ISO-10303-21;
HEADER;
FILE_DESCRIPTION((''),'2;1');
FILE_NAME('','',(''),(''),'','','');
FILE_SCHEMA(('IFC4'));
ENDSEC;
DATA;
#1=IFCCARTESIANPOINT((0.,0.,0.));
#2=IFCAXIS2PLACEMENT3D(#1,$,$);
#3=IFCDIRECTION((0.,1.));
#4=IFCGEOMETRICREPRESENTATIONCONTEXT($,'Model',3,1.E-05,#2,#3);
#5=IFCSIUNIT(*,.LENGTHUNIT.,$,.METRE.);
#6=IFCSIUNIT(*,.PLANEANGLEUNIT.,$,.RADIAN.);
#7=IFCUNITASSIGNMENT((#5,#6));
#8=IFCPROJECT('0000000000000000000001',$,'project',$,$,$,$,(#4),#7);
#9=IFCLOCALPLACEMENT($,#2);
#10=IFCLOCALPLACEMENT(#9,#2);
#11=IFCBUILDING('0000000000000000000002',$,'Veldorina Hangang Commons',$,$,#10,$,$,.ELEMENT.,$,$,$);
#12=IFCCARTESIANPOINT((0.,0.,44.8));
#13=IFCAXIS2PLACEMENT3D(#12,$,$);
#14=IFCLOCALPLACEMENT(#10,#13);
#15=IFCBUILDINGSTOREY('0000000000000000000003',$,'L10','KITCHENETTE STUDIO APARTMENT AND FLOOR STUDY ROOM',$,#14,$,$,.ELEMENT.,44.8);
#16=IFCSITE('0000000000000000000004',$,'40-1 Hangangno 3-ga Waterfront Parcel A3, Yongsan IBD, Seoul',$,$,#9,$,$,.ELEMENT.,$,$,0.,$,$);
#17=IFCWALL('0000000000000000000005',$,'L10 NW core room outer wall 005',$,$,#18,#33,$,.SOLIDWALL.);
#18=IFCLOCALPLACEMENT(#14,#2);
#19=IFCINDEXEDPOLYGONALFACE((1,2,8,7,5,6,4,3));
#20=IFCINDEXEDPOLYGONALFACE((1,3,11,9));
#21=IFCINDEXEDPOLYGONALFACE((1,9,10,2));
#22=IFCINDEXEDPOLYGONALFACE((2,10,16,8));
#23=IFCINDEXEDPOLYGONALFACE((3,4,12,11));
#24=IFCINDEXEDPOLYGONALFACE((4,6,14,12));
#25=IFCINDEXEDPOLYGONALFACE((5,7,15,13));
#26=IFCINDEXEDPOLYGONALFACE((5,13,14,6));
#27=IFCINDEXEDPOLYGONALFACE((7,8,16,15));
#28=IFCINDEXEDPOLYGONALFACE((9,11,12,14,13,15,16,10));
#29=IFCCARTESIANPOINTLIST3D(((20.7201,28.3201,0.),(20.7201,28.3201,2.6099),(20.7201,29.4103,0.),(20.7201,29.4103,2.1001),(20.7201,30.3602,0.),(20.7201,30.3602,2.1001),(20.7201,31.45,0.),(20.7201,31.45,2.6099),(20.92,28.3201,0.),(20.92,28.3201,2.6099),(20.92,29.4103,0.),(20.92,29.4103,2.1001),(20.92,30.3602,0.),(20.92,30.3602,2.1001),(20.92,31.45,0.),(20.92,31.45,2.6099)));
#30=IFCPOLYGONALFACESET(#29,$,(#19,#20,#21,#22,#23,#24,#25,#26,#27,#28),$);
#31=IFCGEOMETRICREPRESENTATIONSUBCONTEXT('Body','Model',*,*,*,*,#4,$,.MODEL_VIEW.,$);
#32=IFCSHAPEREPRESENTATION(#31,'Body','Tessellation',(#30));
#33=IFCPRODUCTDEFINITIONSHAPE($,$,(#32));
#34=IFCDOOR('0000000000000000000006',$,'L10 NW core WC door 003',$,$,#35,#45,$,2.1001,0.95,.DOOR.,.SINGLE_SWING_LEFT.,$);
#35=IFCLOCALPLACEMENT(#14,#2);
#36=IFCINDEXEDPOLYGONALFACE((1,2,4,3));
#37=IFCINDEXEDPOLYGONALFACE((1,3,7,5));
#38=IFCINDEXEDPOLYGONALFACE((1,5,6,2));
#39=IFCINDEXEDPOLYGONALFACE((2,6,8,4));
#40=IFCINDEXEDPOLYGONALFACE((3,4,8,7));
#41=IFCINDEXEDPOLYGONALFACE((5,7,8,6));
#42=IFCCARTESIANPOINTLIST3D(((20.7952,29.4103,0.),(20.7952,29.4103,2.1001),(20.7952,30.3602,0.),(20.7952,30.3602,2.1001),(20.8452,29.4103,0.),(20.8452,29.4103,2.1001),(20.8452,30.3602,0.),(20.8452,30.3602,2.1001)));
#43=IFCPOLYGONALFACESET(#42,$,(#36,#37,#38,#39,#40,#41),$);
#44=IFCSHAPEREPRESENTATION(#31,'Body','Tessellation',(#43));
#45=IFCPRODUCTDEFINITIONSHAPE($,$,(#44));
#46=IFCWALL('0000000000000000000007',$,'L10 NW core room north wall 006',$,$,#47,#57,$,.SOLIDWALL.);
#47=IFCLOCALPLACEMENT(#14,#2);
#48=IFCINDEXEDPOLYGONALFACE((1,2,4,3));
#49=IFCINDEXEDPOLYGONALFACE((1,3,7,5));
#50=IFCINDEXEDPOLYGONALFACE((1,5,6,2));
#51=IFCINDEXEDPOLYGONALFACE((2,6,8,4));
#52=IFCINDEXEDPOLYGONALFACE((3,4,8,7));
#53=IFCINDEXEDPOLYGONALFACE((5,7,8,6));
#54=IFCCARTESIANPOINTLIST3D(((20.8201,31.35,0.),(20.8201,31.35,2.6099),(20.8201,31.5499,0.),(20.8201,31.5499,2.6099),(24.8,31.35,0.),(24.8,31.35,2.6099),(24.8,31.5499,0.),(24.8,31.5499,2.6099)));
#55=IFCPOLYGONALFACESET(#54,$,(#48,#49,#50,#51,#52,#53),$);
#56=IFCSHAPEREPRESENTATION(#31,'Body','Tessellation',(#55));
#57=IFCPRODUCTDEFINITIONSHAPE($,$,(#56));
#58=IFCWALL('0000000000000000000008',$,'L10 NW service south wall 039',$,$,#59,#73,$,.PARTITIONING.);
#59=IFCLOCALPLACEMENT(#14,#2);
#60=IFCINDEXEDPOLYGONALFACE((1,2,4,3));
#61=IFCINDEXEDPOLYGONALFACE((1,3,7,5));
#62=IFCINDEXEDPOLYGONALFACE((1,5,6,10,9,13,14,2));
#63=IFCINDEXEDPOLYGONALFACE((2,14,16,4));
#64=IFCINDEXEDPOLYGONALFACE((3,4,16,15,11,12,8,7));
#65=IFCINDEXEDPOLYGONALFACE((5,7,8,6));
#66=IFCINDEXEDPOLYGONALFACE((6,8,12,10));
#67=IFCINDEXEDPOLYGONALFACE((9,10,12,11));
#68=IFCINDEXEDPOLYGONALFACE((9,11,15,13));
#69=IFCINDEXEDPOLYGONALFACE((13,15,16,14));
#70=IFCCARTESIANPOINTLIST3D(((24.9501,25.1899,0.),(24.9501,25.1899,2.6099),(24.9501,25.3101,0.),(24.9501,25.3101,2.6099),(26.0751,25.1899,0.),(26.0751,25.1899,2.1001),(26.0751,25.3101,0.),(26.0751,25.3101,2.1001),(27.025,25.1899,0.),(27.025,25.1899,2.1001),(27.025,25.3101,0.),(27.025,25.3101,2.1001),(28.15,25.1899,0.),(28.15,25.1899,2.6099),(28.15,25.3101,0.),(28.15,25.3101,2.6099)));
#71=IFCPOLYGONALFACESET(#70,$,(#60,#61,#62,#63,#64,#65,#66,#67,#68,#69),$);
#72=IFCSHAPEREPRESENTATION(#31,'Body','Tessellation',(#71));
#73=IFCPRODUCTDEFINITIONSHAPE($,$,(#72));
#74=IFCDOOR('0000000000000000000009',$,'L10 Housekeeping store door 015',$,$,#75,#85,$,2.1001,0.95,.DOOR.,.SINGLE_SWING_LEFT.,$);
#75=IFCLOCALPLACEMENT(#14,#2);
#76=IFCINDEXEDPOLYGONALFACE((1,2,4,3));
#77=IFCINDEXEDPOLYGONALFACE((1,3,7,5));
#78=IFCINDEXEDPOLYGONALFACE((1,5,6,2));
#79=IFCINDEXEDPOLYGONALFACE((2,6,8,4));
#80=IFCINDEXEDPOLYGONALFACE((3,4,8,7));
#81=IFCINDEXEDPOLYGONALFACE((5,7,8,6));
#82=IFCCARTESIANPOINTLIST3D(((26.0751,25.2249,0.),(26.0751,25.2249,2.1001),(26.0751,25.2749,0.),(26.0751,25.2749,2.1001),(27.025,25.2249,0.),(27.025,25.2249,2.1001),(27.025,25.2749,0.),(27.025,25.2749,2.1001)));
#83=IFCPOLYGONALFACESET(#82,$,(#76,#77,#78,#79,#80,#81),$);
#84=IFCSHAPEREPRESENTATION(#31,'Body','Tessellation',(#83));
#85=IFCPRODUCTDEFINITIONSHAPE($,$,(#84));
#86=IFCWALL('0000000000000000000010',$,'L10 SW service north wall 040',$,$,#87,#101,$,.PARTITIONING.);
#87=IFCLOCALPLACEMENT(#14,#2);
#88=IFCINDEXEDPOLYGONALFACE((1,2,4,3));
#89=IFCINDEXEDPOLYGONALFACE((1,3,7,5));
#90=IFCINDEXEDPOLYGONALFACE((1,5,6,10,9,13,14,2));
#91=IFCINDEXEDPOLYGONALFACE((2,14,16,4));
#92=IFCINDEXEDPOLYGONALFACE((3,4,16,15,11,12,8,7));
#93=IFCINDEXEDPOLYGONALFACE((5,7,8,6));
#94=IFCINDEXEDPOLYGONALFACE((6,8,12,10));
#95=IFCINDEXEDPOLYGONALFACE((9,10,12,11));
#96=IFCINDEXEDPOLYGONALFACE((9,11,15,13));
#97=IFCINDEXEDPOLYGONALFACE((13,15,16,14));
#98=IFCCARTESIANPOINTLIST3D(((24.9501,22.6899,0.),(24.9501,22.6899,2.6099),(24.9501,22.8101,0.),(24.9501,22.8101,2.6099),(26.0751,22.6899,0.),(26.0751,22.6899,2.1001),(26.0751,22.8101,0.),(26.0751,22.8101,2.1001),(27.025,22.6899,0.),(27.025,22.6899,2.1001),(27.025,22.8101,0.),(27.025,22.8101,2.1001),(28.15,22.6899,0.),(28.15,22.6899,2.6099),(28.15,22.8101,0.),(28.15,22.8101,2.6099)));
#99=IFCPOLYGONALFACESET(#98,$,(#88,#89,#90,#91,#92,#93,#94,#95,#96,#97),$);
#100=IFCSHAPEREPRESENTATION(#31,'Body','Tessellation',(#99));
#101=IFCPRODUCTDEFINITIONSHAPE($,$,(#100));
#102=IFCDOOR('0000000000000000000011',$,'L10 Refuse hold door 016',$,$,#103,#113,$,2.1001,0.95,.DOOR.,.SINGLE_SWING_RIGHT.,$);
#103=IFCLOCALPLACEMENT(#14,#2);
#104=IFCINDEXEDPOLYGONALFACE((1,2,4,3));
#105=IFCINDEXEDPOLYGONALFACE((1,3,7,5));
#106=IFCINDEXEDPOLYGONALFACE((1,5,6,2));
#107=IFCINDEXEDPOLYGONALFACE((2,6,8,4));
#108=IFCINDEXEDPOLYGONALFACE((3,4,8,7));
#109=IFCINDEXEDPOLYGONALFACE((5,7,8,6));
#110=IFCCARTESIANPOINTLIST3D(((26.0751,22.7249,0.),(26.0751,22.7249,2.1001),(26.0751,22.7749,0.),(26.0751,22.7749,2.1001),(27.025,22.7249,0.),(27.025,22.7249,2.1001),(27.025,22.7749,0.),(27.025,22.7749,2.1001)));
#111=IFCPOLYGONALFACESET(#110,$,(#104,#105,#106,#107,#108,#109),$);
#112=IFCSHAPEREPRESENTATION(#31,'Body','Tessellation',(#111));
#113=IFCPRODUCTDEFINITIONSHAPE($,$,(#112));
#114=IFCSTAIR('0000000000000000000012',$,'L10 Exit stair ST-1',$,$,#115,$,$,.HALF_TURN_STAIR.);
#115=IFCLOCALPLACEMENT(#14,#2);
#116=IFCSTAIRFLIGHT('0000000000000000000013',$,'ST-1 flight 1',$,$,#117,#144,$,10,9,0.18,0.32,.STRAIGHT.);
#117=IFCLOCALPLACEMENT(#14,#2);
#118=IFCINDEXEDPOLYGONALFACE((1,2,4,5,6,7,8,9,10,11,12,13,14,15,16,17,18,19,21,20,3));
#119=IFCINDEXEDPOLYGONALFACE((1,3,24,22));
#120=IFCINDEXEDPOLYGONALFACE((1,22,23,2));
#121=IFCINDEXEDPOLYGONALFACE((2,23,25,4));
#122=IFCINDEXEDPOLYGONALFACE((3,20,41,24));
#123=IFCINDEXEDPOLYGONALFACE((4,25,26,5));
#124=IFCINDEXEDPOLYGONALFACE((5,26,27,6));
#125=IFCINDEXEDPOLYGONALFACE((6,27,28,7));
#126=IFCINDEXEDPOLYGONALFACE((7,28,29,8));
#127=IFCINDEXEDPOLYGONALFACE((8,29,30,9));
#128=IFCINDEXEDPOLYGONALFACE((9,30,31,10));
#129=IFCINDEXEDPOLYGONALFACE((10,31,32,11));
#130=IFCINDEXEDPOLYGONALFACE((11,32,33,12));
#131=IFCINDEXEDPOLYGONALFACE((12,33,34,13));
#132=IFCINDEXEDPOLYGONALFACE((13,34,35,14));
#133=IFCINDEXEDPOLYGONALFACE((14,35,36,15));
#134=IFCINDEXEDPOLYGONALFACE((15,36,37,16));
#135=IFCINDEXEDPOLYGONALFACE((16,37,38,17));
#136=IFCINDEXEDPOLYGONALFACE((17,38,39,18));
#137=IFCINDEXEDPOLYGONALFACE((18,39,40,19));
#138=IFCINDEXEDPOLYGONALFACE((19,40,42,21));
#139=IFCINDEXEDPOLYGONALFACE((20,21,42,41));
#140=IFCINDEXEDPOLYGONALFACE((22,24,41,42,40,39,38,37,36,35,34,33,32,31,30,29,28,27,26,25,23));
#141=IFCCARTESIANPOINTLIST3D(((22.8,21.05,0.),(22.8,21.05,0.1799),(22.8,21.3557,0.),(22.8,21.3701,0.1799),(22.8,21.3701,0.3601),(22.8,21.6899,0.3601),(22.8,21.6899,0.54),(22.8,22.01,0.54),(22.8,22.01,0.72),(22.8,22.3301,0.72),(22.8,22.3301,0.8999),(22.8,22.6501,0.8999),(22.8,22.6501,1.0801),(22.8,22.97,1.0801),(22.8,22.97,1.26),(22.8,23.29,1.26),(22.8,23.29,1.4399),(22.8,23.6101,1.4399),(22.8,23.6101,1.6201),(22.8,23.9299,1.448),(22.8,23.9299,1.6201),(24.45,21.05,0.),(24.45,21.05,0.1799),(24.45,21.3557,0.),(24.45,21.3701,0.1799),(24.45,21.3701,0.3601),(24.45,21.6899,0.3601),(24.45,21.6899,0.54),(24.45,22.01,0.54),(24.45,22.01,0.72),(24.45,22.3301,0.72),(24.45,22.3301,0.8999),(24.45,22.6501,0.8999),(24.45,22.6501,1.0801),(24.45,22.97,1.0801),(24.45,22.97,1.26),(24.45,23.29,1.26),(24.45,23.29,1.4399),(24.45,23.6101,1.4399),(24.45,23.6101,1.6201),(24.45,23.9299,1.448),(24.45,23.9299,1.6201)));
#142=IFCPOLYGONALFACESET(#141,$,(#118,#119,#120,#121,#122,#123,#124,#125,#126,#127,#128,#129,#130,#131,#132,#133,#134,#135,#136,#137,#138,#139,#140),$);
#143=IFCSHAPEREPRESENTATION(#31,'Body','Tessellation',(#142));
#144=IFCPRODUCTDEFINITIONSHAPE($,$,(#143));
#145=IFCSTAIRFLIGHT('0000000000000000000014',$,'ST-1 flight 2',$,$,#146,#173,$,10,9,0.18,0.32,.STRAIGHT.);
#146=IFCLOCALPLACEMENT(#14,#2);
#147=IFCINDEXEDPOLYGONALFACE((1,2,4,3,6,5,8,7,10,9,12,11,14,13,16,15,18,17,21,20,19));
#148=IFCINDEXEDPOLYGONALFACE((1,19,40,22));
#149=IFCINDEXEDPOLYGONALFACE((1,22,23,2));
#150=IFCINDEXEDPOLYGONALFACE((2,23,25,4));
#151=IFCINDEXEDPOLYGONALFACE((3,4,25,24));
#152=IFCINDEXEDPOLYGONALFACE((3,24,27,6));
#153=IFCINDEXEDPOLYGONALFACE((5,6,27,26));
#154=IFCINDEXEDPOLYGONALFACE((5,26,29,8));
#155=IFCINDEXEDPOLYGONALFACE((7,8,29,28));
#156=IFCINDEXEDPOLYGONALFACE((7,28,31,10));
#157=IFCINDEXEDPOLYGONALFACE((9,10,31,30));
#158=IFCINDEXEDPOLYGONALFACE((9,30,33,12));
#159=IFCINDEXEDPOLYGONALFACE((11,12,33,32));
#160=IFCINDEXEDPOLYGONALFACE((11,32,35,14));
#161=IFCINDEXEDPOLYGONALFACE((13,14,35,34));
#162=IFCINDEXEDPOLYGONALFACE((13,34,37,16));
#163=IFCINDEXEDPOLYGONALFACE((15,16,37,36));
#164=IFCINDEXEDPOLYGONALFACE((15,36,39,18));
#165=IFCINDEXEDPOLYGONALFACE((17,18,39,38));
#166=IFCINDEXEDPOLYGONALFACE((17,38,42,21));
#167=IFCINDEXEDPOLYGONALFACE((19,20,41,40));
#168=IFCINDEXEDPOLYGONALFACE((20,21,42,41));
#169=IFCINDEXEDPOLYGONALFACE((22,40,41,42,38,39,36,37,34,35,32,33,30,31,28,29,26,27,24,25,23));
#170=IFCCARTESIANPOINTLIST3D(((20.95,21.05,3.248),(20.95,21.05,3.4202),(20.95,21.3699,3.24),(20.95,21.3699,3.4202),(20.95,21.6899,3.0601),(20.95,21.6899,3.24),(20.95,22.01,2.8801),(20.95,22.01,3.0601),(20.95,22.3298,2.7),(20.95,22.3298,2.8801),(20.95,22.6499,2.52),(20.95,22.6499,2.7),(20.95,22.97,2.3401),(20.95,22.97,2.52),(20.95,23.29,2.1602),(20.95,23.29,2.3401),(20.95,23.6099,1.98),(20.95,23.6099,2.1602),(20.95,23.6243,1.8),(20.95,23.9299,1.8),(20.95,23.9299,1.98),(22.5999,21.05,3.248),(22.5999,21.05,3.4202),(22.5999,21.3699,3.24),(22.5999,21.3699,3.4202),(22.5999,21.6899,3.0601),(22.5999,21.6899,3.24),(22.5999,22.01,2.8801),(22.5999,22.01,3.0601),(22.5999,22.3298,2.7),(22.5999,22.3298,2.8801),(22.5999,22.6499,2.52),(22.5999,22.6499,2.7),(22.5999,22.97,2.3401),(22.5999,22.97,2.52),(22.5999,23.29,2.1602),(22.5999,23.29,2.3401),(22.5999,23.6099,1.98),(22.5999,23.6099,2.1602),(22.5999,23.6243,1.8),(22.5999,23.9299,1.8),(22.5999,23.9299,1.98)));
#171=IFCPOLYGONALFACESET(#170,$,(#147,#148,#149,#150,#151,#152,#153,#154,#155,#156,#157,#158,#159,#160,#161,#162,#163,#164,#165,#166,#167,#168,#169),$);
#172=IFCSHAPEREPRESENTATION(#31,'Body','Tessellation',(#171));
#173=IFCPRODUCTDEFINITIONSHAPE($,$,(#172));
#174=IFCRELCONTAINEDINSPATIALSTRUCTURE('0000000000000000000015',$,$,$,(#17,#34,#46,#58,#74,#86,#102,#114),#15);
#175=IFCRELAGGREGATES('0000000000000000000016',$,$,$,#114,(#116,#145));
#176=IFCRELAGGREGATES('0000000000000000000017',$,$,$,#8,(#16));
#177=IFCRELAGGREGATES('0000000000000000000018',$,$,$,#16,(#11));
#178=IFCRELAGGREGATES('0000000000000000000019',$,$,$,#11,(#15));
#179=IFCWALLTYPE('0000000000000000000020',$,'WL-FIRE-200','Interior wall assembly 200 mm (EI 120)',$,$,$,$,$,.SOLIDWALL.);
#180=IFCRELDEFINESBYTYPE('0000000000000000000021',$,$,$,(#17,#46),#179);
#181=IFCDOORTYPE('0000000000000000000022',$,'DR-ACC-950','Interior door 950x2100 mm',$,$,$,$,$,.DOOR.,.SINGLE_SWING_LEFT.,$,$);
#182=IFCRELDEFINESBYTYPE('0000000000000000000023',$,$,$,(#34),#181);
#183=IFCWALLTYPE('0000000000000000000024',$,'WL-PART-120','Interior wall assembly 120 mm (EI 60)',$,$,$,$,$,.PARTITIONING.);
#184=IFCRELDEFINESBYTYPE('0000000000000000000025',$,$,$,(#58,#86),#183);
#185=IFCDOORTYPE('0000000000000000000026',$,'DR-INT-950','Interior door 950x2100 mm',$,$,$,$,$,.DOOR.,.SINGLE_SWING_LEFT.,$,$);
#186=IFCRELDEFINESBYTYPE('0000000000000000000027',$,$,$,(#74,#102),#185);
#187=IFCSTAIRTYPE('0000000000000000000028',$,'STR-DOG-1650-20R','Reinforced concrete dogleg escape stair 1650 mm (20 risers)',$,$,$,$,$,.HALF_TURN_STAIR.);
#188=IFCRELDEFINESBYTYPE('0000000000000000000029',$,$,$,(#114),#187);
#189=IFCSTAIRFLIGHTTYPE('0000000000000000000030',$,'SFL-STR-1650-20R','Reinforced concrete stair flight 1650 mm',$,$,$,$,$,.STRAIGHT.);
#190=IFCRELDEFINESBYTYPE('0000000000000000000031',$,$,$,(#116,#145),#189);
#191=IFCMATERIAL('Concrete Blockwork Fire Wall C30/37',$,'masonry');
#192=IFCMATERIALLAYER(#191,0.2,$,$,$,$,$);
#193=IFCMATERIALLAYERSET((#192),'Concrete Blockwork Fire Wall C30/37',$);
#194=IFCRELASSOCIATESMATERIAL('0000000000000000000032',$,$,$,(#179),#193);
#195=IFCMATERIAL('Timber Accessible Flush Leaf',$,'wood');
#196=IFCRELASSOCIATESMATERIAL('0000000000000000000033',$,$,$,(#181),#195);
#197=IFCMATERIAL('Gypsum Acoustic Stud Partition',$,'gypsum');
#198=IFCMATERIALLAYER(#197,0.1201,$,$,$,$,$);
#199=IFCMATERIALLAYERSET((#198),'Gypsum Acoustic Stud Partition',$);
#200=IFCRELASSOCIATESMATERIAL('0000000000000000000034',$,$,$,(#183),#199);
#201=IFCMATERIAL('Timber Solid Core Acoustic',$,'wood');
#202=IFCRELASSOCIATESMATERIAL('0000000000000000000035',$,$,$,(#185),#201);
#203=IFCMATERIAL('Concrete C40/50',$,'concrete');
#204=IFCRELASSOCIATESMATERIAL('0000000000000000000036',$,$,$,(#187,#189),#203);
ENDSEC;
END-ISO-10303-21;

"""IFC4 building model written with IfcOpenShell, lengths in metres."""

from ifc_helpers import new_model, si_unit, direction, frame, frame_2d, origin, place, context, subcontext, project, spatial, polyline, rectangle, outline, extrude, material, layer, layer_set, type_object, element, fill, aggregate, save


model = new_model("IFC4")

# Units and contexts
model_context = context("Model", 3, precision=1e-05, world=origin(), true_north=direction((0.0, 1.0)))
body_context = subcontext(model_context, "Body", "Model", "MODEL_VIEW")
ifc_project = project(units=[si_unit("LENGTHUNIT", "METRE"), si_unit("PLANEANGLEUNIT", "RADIAN")], contexts=[model_context])

# Site, building, storey
site_placement = place(None, origin())
site = spatial("IfcSite", under=ifc_project, at=site_placement, Name="40-1 Hangangno 3-ga Waterfront Parcel A3, Yongsan IBD, Seoul", CompositionType="ELEMENT", RefElevation=0.0)
building_placement = place(site_placement, origin())
building = spatial("IfcBuilding", under=site, at=building_placement, Name="Veldorina Hangang Commons", CompositionType="ELEMENT")
storey_placement = place(building_placement, frame((0.0, 0.0, 44.8)))
storey = spatial("IfcBuildingStorey", under=building, at=storey_placement, Name="L10", Description="KITCHENETTE STUDIO APARTMENT AND FLOOR STUDY ROOM", CompositionType="ELEMENT", Elevation=44.8)

# Wall, opening, door
ifc_material_1 = material(Name="Concrete Blockwork Fire Wall C30/37", Category="masonry")
ifc_layer_1 = layer(ifc_material_1, 0.2)
ifc_layer_set_1 = layer_set([ifc_layer_1], Name="Concrete Blockwork Fire Wall C30/37")
wall_type_1 = type_object("IfcWallType", Name="WL-FIRE-200", Description="Interior wall assembly 200 mm (EI 120)", PredefinedType="SOLIDWALL", material=ifc_layer_set_1)
wall_1_placement = place(storey_placement, frame((20.8201, 28.3201, 0.0), z_axis=(0.0, 0.0, 1.0), x_axis=(0.0, 1.0, 0.0)))
wall_1 = element("IfcWall", 1, at=wall_1_placement, inside=storey, type_object=wall_type_1, Name="L10 NW core room outer wall 005", PredefinedType="SOLIDWALL", context=body_context, shape_type="SweptSolid", body=[
    extrude(rectangle(XDim=3.1299, YDim=0.2, at=frame_2d((1.5649, 0.0))), origin(), (0.0, 0.0, 1.0), 2.6099),
])
opening_1_placement = place(wall_1_placement, frame((1.0901, 0.0, 0.0)))
opening_1 = element("IfcOpeningElement", 2, at=opening_1_placement, cuts=wall_1, PredefinedType="OPENING", context=body_context, shape_type="SweptSolid", body=[
    extrude(rectangle(XDim=0.95, YDim=2.1001, at=frame_2d((0.4751, 1.05))), frame((0.0, 0.1099, 0.0), z_axis=(0.0, -1.0, 0.0), x_axis=(1.0, 0.0, 0.0)), (0.0, 0.0, 1.0), 0.22),
])
ifc_material_2 = material(Name="Timber Accessible Flush Leaf", Category="wood")
door_type_1 = type_object("IfcDoorType", Name="DR-ACC-950", Description="Interior door 950x2100 mm", OperationType="SINGLE_SWING_LEFT", PredefinedType="DOOR", material=ifc_material_2)
door_1_placement = place(opening_1_placement, origin())
door_1 = element("IfcDoor", 3, at=door_1_placement, inside=storey, type_object=door_type_1, Name="L10 NW core WC door 003", OperationType="SINGLE_SWING_LEFT", OverallHeight=2.1001, OverallWidth=0.95, PredefinedType="DOOR", context=body_context, shape_type="SweptSolid", body=[
    extrude(rectangle(XDim=0.95, YDim=2.1001, at=frame_2d((0.4751, 1.05))), frame((0.0, 0.0249, 0.0), z_axis=(0.0, -1.0, 0.0), x_axis=(1.0, 0.0, 0.0)), (0.0, 0.0, 1.0), 0.05),
])
fill(opening_1, door_1)

# Wall
wall_2_placement = place(storey_placement, frame((20.8201, 31.45, 0.0), z_axis=(0.0, 0.0, 1.0), x_axis=(1.0, 0.0, 0.0)))
element("IfcWall", 4, at=wall_2_placement, inside=storey, type_object=wall_type_1, Name="L10 NW core room north wall 006", PredefinedType="SOLIDWALL", context=body_context, shape_type="SweptSolid", body=[
    extrude(rectangle(XDim=3.98, YDim=0.2, at=frame_2d((1.99, 0.0))), origin(), (0.0, 0.0, 1.0), 2.6099),
])

# Walls, openings, doors
ifc_material_3 = material(Name="Gypsum Acoustic Stud Partition", Category="gypsum")
ifc_layer_2 = layer(ifc_material_3, 0.1201)
ifc_layer_set_2 = layer_set([ifc_layer_2], Name="Gypsum Acoustic Stud Partition")
wall_type_2 = type_object("IfcWallType", Name="WL-PART-120", Description="Interior wall assembly 120 mm (EI 60)", PredefinedType="PARTITIONING", material=ifc_layer_set_2)
wall_3_placement = place(storey_placement, frame((24.95, 25.25, 0.0), z_axis=(0.0, 0.0, 1.0), x_axis=(1.0, 0.0, 0.0)))
wall_3 = element("IfcWall", 5, at=wall_3_placement, inside=storey, type_object=wall_type_2, Name="L10 NW service south wall 039", PredefinedType="PARTITIONING", context=body_context, shape_type="SweptSolid", body=[
    extrude(rectangle(XDim=3.2, YDim=0.1201, at=frame_2d((1.6001, 0.0))), origin(), (0.0, 0.0, 1.0), 2.6099),
])
opening_2_placement = place(wall_3_placement, frame((1.125, 0.0, 0.0)))
opening_2 = element("IfcOpeningElement", 6, at=opening_2_placement, cuts=wall_3, PredefinedType="OPENING", context=body_context, shape_type="SweptSolid", body=[
    extrude(rectangle(XDim=0.95, YDim=2.1001, at=frame_2d((0.4751, 1.05))), frame((0.0, 0.0701, 0.0), z_axis=(0.0, -1.0, 0.0), x_axis=(1.0, 0.0, 0.0)), (0.0, 0.0, 1.0), 0.1401),
])
ifc_material_4 = material(Name="Timber Solid Core Acoustic", Category="wood")
door_type_2 = type_object("IfcDoorType", Name="DR-INT-950", Description="Interior door 950x2100 mm", OperationType="SINGLE_SWING_LEFT", PredefinedType="DOOR", material=ifc_material_4)
door_2_placement = place(opening_2_placement, origin())
door_2 = element("IfcDoor", 7, at=door_2_placement, inside=storey, type_object=door_type_2, Name="L10 Housekeeping store door 015", OperationType="SINGLE_SWING_LEFT", OverallHeight=2.1001, OverallWidth=0.95, PredefinedType="DOOR", context=body_context, shape_type="SweptSolid", body=[
    extrude(rectangle(XDim=0.95, YDim=2.1001, at=frame_2d((0.4751, 1.05))), frame((0.0, 0.0249, 0.0), z_axis=(0.0, -1.0, 0.0), x_axis=(1.0, 0.0, 0.0)), (0.0, 0.0, 1.0), 0.05),
])
fill(opening_2, door_2)
wall_4_placement = place(storey_placement, frame((24.95, 22.75, 0.0), z_axis=(0.0, 0.0, 1.0), x_axis=(1.0, 0.0, 0.0)))
wall_4 = element("IfcWall", 8, at=wall_4_placement, inside=storey, type_object=wall_type_2, Name="L10 SW service north wall 040", PredefinedType="PARTITIONING", context=body_context, shape_type="SweptSolid", body=[
    extrude(rectangle(XDim=3.2, YDim=0.1201, at=frame_2d((1.6001, 0.0))), origin(), (0.0, 0.0, 1.0), 2.6099),
])
opening_3_placement = place(wall_4_placement, frame((1.125, 0.0, 0.0)))
opening_3 = element("IfcOpeningElement", 9, at=opening_3_placement, cuts=wall_4, PredefinedType="OPENING", context=body_context, shape_type="SweptSolid", body=[
    extrude(rectangle(XDim=0.95, YDim=2.1001, at=frame_2d((0.4751, 1.05))), frame((0.0, 0.0701, 0.0), z_axis=(0.0, -1.0, 0.0), x_axis=(1.0, 0.0, 0.0)), (0.0, 0.0, 1.0), 0.1401),
])
door_3_placement = place(opening_3_placement, origin())
door_3 = element("IfcDoor", 10, at=door_3_placement, inside=storey, type_object=door_type_2, Name="L10 Refuse hold door 016", OperationType="SINGLE_SWING_RIGHT", OverallHeight=2.1001, OverallWidth=0.95, PredefinedType="DOOR", context=body_context, shape_type="SweptSolid", body=[
    extrude(rectangle(XDim=0.95, YDim=2.1001, at=frame_2d((0.4751, 1.05))), frame((0.0, 0.0249, 0.0), z_axis=(0.0, -1.0, 0.0), x_axis=(1.0, 0.0, 0.0)), (0.0, 0.0, 1.0), 0.05),
])
fill(opening_3, door_3)

# Stair, stair flights
ifc_material_5 = material(Name="Concrete C40/50", Category="concrete")
stair_type = type_object("IfcStairType", Name="STR-DOG-1650-20R", Description="Reinforced concrete dogleg escape stair 1650 mm (20 risers)", PredefinedType="HALF_TURN_STAIR", material=ifc_material_5)
stair_placement = place(storey_placement, origin())
stair = element("IfcStair", 11, at=stair_placement, inside=storey, type_object=stair_type, Name="L10 Exit stair ST-1", PredefinedType="HALF_TURN_STAIR")
stair_flight_type = type_object("IfcStairFlightType", Name="SFL-STR-1650-20R", Description="Reinforced concrete stair flight 1650 mm", PredefinedType="STRAIGHT", material=ifc_material_5)
stair_flight_1_placement = place(storey_placement, frame((23.625, 21.05, 0.0), z_axis=(0.0, 0.0, 1.0), x_axis=(0.0, 1.0, 0.0)))
stair_flight_1 = element("IfcStairFlight", 12, at=stair_flight_1_placement, type_object=stair_flight_type, Name="ST-1 flight 1", NumberOfRisers=10, NumberOfTreads=9, PredefinedType="STRAIGHT", RiserHeight=0.18, TreadLength=0.32, context=body_context, shape_type="SweptSolid", body=[
    extrude(outline(polyline([(0.0, 0.0), (0.0, 0.1799), (0.3201, 0.1799), (0.3201, 0.3601), (0.6399, 0.3601), (0.6399, 0.54), (0.96, 0.54), (0.96, 0.72), (1.28, 0.72), (1.28, 0.8999), (1.6001, 0.8999), (1.6001, 1.0801), (1.9199, 1.0801), (1.9199, 1.26), (2.24, 1.26), (2.24, 1.4399), (2.5601, 1.4399), (2.5601, 1.6201), (2.8799, 1.6201), (2.8799, 1.8), (2.8799, 1.448), (0.3057, 0.0), (0.0, 0.0)])), frame((0.0, 0.825, 0.0), z_axis=(0.0, -1.0, 0.0), x_axis=(1.0, 0.0, 0.0)), (0.0, 0.0, 1.0), 1.6499),
])
stair_flight_2_placement = place(storey_placement, frame((21.7749, 23.9299, 1.8), z_axis=(0.0, 0.0, 1.0), x_axis=(0.0, -1.0, 0.0)))
stair_flight_2 = element("IfcStairFlight", 13, at=stair_flight_2_placement, type_object=stair_flight_type, Name="ST-1 flight 2", NumberOfRisers=10, NumberOfTreads=9, PredefinedType="STRAIGHT", RiserHeight=0.18, TreadLength=0.32, context=body_context, shape_type="SweptSolid", body=[
    extrude(outline(polyline([(0.0, 0.0), (0.0, 0.1799), (0.3201, 0.1799), (0.3201, 0.3601), (0.6399, 0.3601), (0.6399, 0.54), (0.96, 0.54), (0.96, 0.72), (1.28, 0.72), (1.28, 0.8999), (1.6001, 0.8999), (1.6001, 1.0801), (1.9199, 1.0801), (1.9199, 1.26), (2.24, 1.26), (2.24, 1.4399), (2.5601, 1.4399), (2.5601, 1.6201), (2.8799, 1.6201), (2.8799, 1.8), (2.8799, 1.448), (0.3057, 0.0), (0.0, 0.0)])), frame((0.0, 0.825, 0.0), z_axis=(0.0, -1.0, 0.0), x_axis=(1.0, 0.0, 0.0)), (0.0, 0.0, 1.0), 1.6499),
])
aggregate(stair, [stair_flight_1, stair_flight_2])

save(model, "model.ifc")
